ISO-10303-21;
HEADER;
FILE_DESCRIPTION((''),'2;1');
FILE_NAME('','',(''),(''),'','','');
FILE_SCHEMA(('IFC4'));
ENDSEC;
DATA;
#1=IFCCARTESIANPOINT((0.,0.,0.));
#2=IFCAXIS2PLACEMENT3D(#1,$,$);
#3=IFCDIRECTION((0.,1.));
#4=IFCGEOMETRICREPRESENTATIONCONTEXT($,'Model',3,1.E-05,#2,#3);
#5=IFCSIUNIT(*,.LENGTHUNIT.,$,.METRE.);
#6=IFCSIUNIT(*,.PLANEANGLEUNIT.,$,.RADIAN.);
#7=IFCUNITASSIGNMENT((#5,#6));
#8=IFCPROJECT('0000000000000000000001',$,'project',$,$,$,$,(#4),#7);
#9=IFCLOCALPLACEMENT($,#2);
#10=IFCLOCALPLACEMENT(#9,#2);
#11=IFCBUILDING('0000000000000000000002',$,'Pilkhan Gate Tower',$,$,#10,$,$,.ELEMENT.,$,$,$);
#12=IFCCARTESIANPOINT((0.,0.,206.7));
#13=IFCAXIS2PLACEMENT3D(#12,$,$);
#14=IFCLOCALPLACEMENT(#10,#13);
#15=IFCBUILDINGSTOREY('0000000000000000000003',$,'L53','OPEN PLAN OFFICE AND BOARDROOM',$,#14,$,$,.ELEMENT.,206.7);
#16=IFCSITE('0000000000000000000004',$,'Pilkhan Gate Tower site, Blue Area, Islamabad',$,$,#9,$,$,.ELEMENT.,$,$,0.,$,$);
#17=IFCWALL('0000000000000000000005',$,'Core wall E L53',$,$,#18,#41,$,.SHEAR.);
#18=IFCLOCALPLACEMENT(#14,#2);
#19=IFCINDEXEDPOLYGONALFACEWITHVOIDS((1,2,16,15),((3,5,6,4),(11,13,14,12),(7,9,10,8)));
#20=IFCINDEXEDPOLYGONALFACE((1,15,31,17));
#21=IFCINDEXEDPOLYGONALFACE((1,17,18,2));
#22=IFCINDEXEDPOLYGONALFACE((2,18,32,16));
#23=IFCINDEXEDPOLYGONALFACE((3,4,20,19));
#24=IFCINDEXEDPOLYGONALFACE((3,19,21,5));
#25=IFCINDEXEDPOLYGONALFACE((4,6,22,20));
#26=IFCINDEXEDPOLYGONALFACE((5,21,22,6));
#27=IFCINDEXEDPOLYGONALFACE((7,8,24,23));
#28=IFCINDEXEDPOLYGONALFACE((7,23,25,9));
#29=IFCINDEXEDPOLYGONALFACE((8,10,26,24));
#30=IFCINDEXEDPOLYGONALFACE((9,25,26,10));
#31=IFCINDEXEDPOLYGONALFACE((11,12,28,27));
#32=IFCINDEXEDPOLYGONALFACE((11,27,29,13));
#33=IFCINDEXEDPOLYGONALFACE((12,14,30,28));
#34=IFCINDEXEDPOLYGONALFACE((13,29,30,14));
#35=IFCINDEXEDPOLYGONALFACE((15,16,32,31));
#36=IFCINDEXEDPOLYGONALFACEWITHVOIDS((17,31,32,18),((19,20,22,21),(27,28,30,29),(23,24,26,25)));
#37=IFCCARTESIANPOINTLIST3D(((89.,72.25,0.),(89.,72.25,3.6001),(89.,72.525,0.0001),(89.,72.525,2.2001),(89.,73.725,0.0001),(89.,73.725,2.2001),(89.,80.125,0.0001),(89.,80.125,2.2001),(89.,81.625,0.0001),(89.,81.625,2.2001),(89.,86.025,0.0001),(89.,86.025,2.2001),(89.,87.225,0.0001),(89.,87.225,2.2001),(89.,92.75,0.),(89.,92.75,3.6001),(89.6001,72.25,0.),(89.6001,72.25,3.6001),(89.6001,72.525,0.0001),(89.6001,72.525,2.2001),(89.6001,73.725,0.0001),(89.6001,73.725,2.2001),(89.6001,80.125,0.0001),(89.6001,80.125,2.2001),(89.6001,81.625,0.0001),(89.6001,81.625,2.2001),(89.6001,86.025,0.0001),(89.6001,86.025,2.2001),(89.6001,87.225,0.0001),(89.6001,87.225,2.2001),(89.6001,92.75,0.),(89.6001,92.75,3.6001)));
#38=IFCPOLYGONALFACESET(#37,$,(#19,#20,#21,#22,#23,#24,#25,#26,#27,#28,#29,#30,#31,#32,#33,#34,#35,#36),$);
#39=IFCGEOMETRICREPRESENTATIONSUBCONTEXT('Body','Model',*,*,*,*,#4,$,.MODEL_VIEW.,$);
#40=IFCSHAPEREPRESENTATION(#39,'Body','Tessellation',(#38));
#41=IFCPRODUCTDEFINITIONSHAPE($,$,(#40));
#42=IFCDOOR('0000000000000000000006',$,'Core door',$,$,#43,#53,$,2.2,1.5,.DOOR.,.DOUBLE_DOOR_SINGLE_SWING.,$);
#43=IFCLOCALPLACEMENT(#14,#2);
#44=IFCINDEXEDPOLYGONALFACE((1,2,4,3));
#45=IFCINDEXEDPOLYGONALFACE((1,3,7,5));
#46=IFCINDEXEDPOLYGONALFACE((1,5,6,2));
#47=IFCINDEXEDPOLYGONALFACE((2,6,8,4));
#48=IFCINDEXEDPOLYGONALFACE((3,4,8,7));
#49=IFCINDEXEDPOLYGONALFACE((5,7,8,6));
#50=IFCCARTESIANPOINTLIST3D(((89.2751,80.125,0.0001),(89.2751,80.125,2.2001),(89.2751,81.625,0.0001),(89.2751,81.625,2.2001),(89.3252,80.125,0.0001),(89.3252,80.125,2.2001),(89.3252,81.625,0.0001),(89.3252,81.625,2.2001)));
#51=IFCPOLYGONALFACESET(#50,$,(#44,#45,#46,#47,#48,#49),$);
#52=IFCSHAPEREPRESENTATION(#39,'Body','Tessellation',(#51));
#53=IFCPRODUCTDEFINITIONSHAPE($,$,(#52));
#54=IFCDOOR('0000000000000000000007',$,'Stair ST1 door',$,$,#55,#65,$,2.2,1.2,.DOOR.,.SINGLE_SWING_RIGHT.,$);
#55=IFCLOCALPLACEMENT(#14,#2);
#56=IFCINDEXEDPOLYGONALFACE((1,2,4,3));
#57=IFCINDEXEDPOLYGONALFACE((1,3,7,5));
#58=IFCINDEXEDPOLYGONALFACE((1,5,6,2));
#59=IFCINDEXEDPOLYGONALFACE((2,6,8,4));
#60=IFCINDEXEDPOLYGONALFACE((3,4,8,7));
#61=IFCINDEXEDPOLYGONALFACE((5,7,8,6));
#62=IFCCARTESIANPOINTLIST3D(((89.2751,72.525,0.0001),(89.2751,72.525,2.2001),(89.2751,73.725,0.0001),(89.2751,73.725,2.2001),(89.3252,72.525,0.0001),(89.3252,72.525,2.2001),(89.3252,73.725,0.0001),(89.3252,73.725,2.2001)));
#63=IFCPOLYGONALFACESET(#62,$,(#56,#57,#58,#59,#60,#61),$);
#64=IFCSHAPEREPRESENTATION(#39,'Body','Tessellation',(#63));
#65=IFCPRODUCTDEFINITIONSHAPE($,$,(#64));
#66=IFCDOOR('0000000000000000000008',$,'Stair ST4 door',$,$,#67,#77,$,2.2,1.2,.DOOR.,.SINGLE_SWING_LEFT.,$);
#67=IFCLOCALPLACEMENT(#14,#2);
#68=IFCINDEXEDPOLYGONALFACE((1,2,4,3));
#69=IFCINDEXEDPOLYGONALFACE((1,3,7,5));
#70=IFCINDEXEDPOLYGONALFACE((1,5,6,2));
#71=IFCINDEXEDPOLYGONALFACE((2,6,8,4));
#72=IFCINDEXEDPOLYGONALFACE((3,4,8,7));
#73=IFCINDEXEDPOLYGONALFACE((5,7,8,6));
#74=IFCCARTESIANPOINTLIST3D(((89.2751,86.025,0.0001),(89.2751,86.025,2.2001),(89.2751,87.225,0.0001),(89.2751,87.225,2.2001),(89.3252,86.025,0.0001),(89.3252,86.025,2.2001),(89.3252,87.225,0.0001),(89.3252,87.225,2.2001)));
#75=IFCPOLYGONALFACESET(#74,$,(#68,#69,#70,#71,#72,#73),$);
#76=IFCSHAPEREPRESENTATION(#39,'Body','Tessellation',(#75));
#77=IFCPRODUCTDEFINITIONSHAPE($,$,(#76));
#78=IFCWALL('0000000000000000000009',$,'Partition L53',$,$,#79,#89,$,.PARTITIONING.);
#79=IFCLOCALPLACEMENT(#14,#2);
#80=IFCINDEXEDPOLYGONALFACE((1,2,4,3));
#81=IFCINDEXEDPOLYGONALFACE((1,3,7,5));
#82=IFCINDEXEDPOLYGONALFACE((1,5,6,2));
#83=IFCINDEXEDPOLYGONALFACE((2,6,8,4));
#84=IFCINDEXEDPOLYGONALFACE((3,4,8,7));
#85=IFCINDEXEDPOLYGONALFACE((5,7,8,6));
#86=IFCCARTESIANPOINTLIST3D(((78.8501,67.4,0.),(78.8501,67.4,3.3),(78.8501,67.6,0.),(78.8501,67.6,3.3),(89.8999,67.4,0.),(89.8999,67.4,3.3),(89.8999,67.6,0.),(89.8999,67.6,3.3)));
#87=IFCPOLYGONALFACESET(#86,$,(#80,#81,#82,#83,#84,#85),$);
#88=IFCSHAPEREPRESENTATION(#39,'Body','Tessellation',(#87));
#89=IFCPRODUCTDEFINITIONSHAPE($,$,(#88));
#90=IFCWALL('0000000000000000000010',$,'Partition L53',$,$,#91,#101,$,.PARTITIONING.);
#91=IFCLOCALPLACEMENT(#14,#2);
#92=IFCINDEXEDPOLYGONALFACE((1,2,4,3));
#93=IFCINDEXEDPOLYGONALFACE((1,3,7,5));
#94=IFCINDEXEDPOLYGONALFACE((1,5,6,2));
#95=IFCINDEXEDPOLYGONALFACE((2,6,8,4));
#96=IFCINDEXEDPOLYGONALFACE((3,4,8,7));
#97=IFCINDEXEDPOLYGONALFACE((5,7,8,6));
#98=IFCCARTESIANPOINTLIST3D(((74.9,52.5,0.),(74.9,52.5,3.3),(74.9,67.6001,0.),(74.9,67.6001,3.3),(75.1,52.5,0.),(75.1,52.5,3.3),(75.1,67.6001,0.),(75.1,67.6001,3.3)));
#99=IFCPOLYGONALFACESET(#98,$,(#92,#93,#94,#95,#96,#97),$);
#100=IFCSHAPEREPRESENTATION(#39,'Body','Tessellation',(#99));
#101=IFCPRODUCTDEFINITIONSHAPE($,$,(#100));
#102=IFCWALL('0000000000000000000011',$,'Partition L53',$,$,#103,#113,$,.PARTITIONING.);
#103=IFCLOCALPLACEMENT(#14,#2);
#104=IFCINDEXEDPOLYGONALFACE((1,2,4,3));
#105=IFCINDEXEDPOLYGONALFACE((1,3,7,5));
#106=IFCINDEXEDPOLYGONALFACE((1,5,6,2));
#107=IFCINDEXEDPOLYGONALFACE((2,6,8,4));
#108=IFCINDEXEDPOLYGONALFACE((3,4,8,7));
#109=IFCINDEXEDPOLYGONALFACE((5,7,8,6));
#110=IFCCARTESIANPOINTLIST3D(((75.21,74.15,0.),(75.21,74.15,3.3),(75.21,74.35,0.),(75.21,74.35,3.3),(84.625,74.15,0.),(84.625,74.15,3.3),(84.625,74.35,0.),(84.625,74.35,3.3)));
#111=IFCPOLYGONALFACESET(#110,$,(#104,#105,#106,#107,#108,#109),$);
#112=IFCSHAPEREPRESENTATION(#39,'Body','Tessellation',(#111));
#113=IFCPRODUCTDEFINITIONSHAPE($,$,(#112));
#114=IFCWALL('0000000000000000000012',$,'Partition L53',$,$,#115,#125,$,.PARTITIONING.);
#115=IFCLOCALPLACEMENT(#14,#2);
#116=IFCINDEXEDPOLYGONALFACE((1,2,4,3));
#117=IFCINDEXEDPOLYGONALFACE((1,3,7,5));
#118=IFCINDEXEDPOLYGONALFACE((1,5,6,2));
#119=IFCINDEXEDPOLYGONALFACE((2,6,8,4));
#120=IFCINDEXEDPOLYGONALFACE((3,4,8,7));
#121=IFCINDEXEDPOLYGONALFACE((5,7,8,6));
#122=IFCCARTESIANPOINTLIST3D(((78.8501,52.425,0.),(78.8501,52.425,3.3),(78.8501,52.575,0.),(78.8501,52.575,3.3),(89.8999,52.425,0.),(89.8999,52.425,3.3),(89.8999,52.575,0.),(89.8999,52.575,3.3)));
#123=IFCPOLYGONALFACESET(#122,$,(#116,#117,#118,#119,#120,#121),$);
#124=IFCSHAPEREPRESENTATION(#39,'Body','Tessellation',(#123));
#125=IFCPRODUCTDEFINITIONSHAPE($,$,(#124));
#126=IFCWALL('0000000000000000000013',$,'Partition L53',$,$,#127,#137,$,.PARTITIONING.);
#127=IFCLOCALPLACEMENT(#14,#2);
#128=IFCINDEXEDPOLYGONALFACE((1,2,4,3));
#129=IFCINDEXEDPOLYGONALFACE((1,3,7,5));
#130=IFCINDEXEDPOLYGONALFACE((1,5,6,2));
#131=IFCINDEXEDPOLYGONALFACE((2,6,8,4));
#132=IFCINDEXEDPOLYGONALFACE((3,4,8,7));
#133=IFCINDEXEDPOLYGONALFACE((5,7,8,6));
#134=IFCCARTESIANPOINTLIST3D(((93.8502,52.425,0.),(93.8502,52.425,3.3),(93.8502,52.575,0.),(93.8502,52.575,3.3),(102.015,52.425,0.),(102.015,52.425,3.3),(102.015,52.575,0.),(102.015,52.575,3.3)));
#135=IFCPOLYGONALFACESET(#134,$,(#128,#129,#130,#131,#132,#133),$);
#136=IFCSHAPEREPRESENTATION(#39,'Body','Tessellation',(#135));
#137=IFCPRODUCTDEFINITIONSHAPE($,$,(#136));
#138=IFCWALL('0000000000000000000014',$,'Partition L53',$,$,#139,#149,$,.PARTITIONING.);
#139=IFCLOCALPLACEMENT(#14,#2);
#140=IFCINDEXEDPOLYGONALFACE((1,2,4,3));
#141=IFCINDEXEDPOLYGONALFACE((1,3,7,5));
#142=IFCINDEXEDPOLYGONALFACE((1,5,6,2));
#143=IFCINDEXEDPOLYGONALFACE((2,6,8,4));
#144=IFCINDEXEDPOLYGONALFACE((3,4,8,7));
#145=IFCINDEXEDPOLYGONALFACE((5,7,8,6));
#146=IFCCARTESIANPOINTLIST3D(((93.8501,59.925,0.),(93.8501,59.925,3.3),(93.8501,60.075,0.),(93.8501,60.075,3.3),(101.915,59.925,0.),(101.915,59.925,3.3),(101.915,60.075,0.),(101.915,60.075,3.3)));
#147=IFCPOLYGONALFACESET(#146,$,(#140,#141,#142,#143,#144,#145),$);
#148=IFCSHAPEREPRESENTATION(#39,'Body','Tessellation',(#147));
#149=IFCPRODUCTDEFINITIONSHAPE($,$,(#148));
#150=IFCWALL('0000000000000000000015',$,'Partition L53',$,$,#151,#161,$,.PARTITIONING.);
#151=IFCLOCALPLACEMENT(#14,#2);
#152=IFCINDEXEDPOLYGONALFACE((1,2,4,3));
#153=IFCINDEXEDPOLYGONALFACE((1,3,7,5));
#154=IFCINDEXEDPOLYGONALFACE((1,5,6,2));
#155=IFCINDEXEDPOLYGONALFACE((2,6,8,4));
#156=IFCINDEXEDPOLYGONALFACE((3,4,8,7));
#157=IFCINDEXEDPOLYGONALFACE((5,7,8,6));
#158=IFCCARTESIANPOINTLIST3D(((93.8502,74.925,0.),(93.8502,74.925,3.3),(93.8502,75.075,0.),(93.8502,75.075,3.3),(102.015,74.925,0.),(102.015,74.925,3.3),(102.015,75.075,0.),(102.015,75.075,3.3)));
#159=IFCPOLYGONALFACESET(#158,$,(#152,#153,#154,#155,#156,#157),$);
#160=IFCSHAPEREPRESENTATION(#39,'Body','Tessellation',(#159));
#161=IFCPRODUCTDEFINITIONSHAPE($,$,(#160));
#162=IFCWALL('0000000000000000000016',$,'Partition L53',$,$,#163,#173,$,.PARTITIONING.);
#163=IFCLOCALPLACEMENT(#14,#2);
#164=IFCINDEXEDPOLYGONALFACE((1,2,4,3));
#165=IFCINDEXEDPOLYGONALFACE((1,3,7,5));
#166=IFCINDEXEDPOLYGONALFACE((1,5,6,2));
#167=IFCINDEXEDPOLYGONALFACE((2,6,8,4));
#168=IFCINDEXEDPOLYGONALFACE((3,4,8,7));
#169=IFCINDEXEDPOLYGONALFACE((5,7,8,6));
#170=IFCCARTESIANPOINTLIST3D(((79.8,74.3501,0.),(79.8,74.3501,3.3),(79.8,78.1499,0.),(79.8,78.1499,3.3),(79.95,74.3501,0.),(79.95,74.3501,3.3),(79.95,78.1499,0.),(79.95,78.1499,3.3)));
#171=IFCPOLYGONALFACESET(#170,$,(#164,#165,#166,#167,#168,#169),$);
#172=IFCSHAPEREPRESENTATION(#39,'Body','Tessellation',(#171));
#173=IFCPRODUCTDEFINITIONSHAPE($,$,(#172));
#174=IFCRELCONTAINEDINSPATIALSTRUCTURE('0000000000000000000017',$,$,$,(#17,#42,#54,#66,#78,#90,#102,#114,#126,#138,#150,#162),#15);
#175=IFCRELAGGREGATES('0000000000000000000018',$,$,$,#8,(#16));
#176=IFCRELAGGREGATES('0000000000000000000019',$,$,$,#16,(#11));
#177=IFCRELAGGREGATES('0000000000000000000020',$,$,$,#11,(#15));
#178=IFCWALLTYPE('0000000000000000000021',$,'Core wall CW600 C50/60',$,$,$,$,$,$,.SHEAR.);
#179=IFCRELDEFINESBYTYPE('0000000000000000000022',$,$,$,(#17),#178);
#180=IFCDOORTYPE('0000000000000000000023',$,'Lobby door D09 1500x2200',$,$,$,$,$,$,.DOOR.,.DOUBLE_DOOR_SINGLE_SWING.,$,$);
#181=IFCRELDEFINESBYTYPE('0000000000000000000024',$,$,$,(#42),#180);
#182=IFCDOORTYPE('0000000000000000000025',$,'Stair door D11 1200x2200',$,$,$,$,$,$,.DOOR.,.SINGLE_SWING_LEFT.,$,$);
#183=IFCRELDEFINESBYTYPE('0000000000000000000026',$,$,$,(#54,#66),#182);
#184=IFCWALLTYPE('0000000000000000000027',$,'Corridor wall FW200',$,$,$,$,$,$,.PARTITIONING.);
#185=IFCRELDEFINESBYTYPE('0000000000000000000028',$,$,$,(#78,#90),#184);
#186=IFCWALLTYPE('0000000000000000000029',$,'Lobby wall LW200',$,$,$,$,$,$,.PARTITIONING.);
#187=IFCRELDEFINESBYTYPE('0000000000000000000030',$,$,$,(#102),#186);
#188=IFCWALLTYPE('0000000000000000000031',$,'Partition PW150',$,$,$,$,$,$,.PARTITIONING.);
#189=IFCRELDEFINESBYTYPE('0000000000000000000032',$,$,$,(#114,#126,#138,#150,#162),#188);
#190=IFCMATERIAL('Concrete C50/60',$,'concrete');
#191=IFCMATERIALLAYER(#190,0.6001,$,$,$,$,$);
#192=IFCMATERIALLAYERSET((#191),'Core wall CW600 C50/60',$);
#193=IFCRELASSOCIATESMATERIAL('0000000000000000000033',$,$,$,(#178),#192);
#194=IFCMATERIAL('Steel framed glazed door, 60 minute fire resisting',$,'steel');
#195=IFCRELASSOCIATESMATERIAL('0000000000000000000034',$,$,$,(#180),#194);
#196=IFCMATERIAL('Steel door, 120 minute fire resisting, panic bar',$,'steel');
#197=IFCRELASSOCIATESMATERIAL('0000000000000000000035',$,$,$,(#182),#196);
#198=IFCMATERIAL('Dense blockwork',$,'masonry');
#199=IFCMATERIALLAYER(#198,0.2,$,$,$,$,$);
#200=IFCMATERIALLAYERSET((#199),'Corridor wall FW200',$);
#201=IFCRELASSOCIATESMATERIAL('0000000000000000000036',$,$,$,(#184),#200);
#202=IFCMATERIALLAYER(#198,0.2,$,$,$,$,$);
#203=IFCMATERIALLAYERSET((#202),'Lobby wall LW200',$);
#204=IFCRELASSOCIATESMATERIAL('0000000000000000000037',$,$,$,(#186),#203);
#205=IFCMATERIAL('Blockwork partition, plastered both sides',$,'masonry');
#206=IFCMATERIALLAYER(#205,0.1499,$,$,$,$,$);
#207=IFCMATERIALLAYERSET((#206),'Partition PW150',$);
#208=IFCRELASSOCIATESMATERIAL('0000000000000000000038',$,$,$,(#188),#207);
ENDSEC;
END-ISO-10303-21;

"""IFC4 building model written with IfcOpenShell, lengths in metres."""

from ifc_helpers import new_model, si_unit, direction, frame, frame_2d, origin, place, context, subcontext, project, spatial, rectangle, extrude, material, layer, layer_set, type_object, element, fill, save


model = new_model("IFC4")

# Units and contexts
model_context = context("Model", 3, precision=1e-05, world=origin(), true_north=direction((0.0, 1.0)))
body_context = subcontext(model_context, "Body", "Model", "MODEL_VIEW")
ifc_project = project(units=[si_unit("LENGTHUNIT", "METRE"), si_unit("PLANEANGLEUNIT", "RADIAN")], contexts=[model_context])

# Site, building, storey
site_placement = place(None, origin())
site = spatial("IfcSite", under=ifc_project, at=site_placement, Name="Pilkhan Gate Tower site, Blue Area, Islamabad", CompositionType="ELEMENT", RefElevation=0.0)
building_placement = place(site_placement, origin())
building = spatial("IfcBuilding", under=site, at=building_placement, Name="Pilkhan Gate Tower", CompositionType="ELEMENT")
storey_placement = place(building_placement, frame((0.0, 0.0, 206.7)))
storey = spatial("IfcBuildingStorey", under=building, at=storey_placement, Name="L53", Description="OPEN PLAN OFFICE AND BOARDROOM", CompositionType="ELEMENT", Elevation=206.7)

# Shared definitions
ifc_material_1 = material(Name="Concrete C50/60", Category="concrete")

# Wall, openings, doors
ifc_layer_1 = layer(ifc_material_1, 0.6001)
ifc_layer_set_1 = layer_set([ifc_layer_1], Name="Core wall CW600 C50/60")
wall_type_1 = type_object("IfcWallType", Name="Core wall CW600 C50/60", PredefinedType="SHEAR", material=ifc_layer_set_1)
wall_1_placement = place(storey_placement, frame((89.3, 72.25, 0.0), z_axis=(0.0, 0.0, 1.0), x_axis=(0.0, 1.0, 0.0)))
wall_1 = element("IfcWall", 1, at=wall_1_placement, inside=storey, type_object=wall_type_1, Name="Core wall E L53", PredefinedType="SHEAR", context=body_context, shape_type="SweptSolid", body=[
    extrude(rectangle(XDim=20.5, YDim=0.6001, at=frame_2d((10.25, 0.0))), origin(), (0.0, 0.0, 1.0), 3.6001),
])
opening_1_placement = place(wall_1_placement, frame((0.2749, 0.0, 0.0)))
opening_1 = element("IfcOpeningElement", 2, at=opening_1_placement, cuts=wall_1, PredefinedType="OPENING", context=body_context, shape_type="SweptSolid", body=[
    extrude(rectangle(XDim=1.2, YDim=2.2, at=frame_2d((0.6001, 1.1001))), frame((0.0, 0.3101, 0.0), z_axis=(0.0, -1.0, 0.0), x_axis=(1.0, 0.0, 0.0)), (0.0, 0.0, 1.0), 0.6201),
])
opening_2_placement = place(wall_1_placement, frame((13.7749, 0.0, 0.0)))
opening_2 = element("IfcOpeningElement", 3, at=opening_2_placement, cuts=wall_1, PredefinedType="OPENING", context=body_context, shape_type="SweptSolid", body=[
    extrude(rectangle(XDim=1.2, YDim=2.2, at=frame_2d((0.6001, 1.1001))), frame((0.0, 0.3101, 0.0), z_axis=(0.0, -1.0, 0.0), x_axis=(1.0, 0.0, 0.0)), (0.0, 0.0, 1.0), 0.6201),
])
opening_3_placement = place(wall_1_placement, frame((7.875, 0.0, 0.0)))
opening_3 = element("IfcOpeningElement", 4, at=opening_3_placement, cuts=wall_1, PredefinedType="OPENING", context=body_context, shape_type="SweptSolid", body=[
    extrude(rectangle(XDim=1.5, YDim=2.2, at=frame_2d((0.75, 1.1001))), frame((0.0, 0.3101, 0.0), z_axis=(0.0, -1.0, 0.0), x_axis=(1.0, 0.0, 0.0)), (0.0, 0.0, 1.0), 0.6201),
])
ifc_material_2 = material(Name="Steel framed glazed door, 60 minute fire resisting", Category="steel")
door_type_1 = type_object("IfcDoorType", Name="Lobby door D09 1500x2200", OperationType="DOUBLE_DOOR_SINGLE_SWING", PredefinedType="DOOR", material=ifc_material_2)
door_1_placement = place(opening_3_placement, origin())
door_1 = element("IfcDoor", 5, at=door_1_placement, inside=storey, type_object=door_type_1, Name="Core door", OperationType="DOUBLE_DOOR_SINGLE_SWING", OverallHeight=2.2, OverallWidth=1.5, PredefinedType="DOOR", context=body_context, shape_type="SweptSolid", body=[
    extrude(rectangle(XDim=1.5, YDim=2.2, at=frame_2d((0.75, 1.1001))), frame((0.0, 0.0249, 0.0), z_axis=(0.0, -1.0, 0.0), x_axis=(1.0, 0.0, 0.0)), (0.0, 0.0, 1.0), 0.05),
])
fill(opening_3, door_1)
ifc_material_3 = material(Name="Steel door, 120 minute fire resisting, panic bar", Category="steel")
door_type_2 = type_object("IfcDoorType", Name="Stair door D11 1200x2200", OperationType="SINGLE_SWING_LEFT", PredefinedType="DOOR", material=ifc_material_3)
door_2_placement = place(opening_1_placement, origin())
door_2 = element("IfcDoor", 6, at=door_2_placement, inside=storey, type_object=door_type_2, Name="Stair ST1 door", OperationType="SINGLE_SWING_RIGHT", OverallHeight=2.2, OverallWidth=1.2, PredefinedType="DOOR", context=body_context, shape_type="SweptSolid", body=[
    extrude(rectangle(XDim=1.2, YDim=2.2, at=frame_2d((0.6001, 1.1001))), frame((0.0, 0.0249, 0.0), z_axis=(0.0, -1.0, 0.0), x_axis=(1.0, 0.0, 0.0)), (0.0, 0.0, 1.0), 0.05),
])
fill(opening_1, door_2)
door_3_placement = place(opening_2_placement, origin())
door_3 = element("IfcDoor", 7, at=door_3_placement, inside=storey, type_object=door_type_2, Name="Stair ST4 door", OperationType="SINGLE_SWING_LEFT", OverallHeight=2.2, OverallWidth=1.2, PredefinedType="DOOR", context=body_context, shape_type="SweptSolid", body=[
    extrude(rectangle(XDim=1.2, YDim=2.2, at=frame_2d((0.6001, 1.1001))), frame((0.0, 0.0249, 0.0), z_axis=(0.0, -1.0, 0.0), x_axis=(1.0, 0.0, 0.0)), (0.0, 0.0, 1.0), 0.05),
])
fill(opening_2, door_3)

# Walls
ifc_material_4 = material(Name="Dense blockwork", Category="masonry")
ifc_layer_2 = layer(ifc_material_4, 0.2)
ifc_layer_set_2 = layer_set([ifc_layer_2], Name="Corridor wall FW200")
wall_type_2 = type_object("IfcWallType", Name="Corridor wall FW200", PredefinedType="PARTITIONING", material=ifc_layer_set_2)
wall_2_placement = place(storey_placement, frame((78.8501, 67.5, 0.0), z_axis=(0.0, 0.0, 1.0), x_axis=(1.0, 0.0, 0.0)))
element("IfcWall", 8, at=wall_2_placement, inside=storey, type_object=wall_type_2, Name="Partition L53", PredefinedType="PARTITIONING", context=body_context, shape_type="SweptSolid", body=[
    extrude(rectangle(XDim=11.0498, YDim=0.2, at=frame_2d((5.5249, 0.0))), origin(), (0.0, 0.0, 1.0), 3.3),
])
wall_3_placement = place(storey_placement, frame((75.0, 52.5, 0.0), z_axis=(0.0, 0.0, 1.0), x_axis=(0.0, 1.0, 0.0)))
element("IfcWall", 9, at=wall_3_placement, inside=storey, type_object=wall_type_2, Name="Partition L53", PredefinedType="PARTITIONING", context=body_context, shape_type="SweptSolid", body=[
    extrude(rectangle(XDim=15.1001, YDim=0.2, at=frame_2d((7.55, 0.0))), origin(), (0.0, 0.0, 1.0), 3.3),
])
ifc_layer_3 = layer(ifc_material_4, 0.2)
ifc_layer_set_3 = layer_set([ifc_layer_3], Name="Lobby wall LW200")
wall_type_3 = type_object("IfcWallType", Name="Lobby wall LW200", PredefinedType="PARTITIONING", material=ifc_layer_set_3)
wall_4_placement = place(storey_placement, frame((75.21, 74.25, 0.0), z_axis=(0.0, 0.0, 1.0), x_axis=(1.0, 0.0, 0.0)))
element("IfcWall", 10, at=wall_4_placement, inside=storey, type_object=wall_type_3, Name="Partition L53", PredefinedType="PARTITIONING", context=body_context, shape_type="SweptSolid", body=[
    extrude(rectangle(XDim=9.415, YDim=0.2, at=frame_2d((4.7075, 0.0))), origin(), (0.0, 0.0, 1.0), 3.3),
])
ifc_material_5 = material(Name="Blockwork partition, plastered both sides", Category="masonry")
ifc_layer_4 = layer(ifc_material_5, 0.1499)
ifc_layer_set_4 = layer_set([ifc_layer_4], Name="Partition PW150")
wall_type_4 = type_object("IfcWallType", Name="Partition PW150", PredefinedType="PARTITIONING", material=ifc_layer_set_4)
wall_5_placement = place(storey_placement, frame((78.8501, 52.5, 0.0), z_axis=(0.0, 0.0, 1.0), x_axis=(1.0, 0.0, 0.0)))
element("IfcWall", 11, at=wall_5_placement, inside=storey, type_object=wall_type_4, Name="Partition L53", PredefinedType="PARTITIONING", context=body_context, shape_type="SweptSolid", body=[
    extrude(rectangle(XDim=11.0498, YDim=0.1499, at=frame_2d((5.5249, 0.0))), origin(), (0.0, 0.0, 1.0), 3.3),
])
wall_6_placement = place(storey_placement, frame((93.8501, 52.5, 0.0), z_axis=(0.0, 0.0, 1.0), x_axis=(1.0, 0.0, 0.0)))
element("IfcWall", 12, at=wall_6_placement, inside=storey, type_object=wall_type_4, Name="Partition L53", PredefinedType="PARTITIONING", context=body_context, shape_type="SweptSolid", body=[
    extrude(rectangle(XDim=8.1648, YDim=0.1499, at=frame_2d((4.0825, 0.0))), origin(), (0.0, 0.0, 1.0), 3.3),
])
wall_7_placement = place(storey_placement, frame((93.8501, 60.0, 0.0), z_axis=(0.0, 0.0, 1.0), x_axis=(1.0, 0.0, 0.0)))
element("IfcWall", 13, at=wall_7_placement, inside=storey, type_object=wall_type_4, Name="Partition L53", PredefinedType="PARTITIONING", context=body_context, shape_type="SweptSolid", body=[
    extrude(rectangle(XDim=8.0649, YDim=0.1499, at=frame_2d((4.0325, 0.0))), origin(), (0.0, 0.0, 1.0), 3.3),
])
wall_8_placement = place(storey_placement, frame((93.8501, 75.0, 0.0), z_axis=(0.0, 0.0, 1.0), x_axis=(1.0, 0.0, 0.0)))
element("IfcWall", 14, at=wall_8_placement, inside=storey, type_object=wall_type_4, Name="Partition L53", PredefinedType="PARTITIONING", context=body_context, shape_type="SweptSolid", body=[
    extrude(rectangle(XDim=8.1648, YDim=0.1499, at=frame_2d((4.0825, 0.0))), origin(), (0.0, 0.0, 1.0), 3.3),
])
wall_9_placement = place(storey_placement, frame((79.875, 74.3501, 0.0), z_axis=(0.0, 0.0, 1.0), x_axis=(0.0, 1.0, 0.0)))
element("IfcWall", 15, at=wall_9_placement, inside=storey, type_object=wall_type_4, Name="Partition L53", PredefinedType="PARTITIONING", context=body_context, shape_type="SweptSolid", body=[
    extrude(rectangle(XDim=3.7998, YDim=0.1499, at=frame_2d((1.8999, 0.0))), origin(), (0.0, 0.0, 1.0), 3.3),
])

save(model, "model.ifc")
